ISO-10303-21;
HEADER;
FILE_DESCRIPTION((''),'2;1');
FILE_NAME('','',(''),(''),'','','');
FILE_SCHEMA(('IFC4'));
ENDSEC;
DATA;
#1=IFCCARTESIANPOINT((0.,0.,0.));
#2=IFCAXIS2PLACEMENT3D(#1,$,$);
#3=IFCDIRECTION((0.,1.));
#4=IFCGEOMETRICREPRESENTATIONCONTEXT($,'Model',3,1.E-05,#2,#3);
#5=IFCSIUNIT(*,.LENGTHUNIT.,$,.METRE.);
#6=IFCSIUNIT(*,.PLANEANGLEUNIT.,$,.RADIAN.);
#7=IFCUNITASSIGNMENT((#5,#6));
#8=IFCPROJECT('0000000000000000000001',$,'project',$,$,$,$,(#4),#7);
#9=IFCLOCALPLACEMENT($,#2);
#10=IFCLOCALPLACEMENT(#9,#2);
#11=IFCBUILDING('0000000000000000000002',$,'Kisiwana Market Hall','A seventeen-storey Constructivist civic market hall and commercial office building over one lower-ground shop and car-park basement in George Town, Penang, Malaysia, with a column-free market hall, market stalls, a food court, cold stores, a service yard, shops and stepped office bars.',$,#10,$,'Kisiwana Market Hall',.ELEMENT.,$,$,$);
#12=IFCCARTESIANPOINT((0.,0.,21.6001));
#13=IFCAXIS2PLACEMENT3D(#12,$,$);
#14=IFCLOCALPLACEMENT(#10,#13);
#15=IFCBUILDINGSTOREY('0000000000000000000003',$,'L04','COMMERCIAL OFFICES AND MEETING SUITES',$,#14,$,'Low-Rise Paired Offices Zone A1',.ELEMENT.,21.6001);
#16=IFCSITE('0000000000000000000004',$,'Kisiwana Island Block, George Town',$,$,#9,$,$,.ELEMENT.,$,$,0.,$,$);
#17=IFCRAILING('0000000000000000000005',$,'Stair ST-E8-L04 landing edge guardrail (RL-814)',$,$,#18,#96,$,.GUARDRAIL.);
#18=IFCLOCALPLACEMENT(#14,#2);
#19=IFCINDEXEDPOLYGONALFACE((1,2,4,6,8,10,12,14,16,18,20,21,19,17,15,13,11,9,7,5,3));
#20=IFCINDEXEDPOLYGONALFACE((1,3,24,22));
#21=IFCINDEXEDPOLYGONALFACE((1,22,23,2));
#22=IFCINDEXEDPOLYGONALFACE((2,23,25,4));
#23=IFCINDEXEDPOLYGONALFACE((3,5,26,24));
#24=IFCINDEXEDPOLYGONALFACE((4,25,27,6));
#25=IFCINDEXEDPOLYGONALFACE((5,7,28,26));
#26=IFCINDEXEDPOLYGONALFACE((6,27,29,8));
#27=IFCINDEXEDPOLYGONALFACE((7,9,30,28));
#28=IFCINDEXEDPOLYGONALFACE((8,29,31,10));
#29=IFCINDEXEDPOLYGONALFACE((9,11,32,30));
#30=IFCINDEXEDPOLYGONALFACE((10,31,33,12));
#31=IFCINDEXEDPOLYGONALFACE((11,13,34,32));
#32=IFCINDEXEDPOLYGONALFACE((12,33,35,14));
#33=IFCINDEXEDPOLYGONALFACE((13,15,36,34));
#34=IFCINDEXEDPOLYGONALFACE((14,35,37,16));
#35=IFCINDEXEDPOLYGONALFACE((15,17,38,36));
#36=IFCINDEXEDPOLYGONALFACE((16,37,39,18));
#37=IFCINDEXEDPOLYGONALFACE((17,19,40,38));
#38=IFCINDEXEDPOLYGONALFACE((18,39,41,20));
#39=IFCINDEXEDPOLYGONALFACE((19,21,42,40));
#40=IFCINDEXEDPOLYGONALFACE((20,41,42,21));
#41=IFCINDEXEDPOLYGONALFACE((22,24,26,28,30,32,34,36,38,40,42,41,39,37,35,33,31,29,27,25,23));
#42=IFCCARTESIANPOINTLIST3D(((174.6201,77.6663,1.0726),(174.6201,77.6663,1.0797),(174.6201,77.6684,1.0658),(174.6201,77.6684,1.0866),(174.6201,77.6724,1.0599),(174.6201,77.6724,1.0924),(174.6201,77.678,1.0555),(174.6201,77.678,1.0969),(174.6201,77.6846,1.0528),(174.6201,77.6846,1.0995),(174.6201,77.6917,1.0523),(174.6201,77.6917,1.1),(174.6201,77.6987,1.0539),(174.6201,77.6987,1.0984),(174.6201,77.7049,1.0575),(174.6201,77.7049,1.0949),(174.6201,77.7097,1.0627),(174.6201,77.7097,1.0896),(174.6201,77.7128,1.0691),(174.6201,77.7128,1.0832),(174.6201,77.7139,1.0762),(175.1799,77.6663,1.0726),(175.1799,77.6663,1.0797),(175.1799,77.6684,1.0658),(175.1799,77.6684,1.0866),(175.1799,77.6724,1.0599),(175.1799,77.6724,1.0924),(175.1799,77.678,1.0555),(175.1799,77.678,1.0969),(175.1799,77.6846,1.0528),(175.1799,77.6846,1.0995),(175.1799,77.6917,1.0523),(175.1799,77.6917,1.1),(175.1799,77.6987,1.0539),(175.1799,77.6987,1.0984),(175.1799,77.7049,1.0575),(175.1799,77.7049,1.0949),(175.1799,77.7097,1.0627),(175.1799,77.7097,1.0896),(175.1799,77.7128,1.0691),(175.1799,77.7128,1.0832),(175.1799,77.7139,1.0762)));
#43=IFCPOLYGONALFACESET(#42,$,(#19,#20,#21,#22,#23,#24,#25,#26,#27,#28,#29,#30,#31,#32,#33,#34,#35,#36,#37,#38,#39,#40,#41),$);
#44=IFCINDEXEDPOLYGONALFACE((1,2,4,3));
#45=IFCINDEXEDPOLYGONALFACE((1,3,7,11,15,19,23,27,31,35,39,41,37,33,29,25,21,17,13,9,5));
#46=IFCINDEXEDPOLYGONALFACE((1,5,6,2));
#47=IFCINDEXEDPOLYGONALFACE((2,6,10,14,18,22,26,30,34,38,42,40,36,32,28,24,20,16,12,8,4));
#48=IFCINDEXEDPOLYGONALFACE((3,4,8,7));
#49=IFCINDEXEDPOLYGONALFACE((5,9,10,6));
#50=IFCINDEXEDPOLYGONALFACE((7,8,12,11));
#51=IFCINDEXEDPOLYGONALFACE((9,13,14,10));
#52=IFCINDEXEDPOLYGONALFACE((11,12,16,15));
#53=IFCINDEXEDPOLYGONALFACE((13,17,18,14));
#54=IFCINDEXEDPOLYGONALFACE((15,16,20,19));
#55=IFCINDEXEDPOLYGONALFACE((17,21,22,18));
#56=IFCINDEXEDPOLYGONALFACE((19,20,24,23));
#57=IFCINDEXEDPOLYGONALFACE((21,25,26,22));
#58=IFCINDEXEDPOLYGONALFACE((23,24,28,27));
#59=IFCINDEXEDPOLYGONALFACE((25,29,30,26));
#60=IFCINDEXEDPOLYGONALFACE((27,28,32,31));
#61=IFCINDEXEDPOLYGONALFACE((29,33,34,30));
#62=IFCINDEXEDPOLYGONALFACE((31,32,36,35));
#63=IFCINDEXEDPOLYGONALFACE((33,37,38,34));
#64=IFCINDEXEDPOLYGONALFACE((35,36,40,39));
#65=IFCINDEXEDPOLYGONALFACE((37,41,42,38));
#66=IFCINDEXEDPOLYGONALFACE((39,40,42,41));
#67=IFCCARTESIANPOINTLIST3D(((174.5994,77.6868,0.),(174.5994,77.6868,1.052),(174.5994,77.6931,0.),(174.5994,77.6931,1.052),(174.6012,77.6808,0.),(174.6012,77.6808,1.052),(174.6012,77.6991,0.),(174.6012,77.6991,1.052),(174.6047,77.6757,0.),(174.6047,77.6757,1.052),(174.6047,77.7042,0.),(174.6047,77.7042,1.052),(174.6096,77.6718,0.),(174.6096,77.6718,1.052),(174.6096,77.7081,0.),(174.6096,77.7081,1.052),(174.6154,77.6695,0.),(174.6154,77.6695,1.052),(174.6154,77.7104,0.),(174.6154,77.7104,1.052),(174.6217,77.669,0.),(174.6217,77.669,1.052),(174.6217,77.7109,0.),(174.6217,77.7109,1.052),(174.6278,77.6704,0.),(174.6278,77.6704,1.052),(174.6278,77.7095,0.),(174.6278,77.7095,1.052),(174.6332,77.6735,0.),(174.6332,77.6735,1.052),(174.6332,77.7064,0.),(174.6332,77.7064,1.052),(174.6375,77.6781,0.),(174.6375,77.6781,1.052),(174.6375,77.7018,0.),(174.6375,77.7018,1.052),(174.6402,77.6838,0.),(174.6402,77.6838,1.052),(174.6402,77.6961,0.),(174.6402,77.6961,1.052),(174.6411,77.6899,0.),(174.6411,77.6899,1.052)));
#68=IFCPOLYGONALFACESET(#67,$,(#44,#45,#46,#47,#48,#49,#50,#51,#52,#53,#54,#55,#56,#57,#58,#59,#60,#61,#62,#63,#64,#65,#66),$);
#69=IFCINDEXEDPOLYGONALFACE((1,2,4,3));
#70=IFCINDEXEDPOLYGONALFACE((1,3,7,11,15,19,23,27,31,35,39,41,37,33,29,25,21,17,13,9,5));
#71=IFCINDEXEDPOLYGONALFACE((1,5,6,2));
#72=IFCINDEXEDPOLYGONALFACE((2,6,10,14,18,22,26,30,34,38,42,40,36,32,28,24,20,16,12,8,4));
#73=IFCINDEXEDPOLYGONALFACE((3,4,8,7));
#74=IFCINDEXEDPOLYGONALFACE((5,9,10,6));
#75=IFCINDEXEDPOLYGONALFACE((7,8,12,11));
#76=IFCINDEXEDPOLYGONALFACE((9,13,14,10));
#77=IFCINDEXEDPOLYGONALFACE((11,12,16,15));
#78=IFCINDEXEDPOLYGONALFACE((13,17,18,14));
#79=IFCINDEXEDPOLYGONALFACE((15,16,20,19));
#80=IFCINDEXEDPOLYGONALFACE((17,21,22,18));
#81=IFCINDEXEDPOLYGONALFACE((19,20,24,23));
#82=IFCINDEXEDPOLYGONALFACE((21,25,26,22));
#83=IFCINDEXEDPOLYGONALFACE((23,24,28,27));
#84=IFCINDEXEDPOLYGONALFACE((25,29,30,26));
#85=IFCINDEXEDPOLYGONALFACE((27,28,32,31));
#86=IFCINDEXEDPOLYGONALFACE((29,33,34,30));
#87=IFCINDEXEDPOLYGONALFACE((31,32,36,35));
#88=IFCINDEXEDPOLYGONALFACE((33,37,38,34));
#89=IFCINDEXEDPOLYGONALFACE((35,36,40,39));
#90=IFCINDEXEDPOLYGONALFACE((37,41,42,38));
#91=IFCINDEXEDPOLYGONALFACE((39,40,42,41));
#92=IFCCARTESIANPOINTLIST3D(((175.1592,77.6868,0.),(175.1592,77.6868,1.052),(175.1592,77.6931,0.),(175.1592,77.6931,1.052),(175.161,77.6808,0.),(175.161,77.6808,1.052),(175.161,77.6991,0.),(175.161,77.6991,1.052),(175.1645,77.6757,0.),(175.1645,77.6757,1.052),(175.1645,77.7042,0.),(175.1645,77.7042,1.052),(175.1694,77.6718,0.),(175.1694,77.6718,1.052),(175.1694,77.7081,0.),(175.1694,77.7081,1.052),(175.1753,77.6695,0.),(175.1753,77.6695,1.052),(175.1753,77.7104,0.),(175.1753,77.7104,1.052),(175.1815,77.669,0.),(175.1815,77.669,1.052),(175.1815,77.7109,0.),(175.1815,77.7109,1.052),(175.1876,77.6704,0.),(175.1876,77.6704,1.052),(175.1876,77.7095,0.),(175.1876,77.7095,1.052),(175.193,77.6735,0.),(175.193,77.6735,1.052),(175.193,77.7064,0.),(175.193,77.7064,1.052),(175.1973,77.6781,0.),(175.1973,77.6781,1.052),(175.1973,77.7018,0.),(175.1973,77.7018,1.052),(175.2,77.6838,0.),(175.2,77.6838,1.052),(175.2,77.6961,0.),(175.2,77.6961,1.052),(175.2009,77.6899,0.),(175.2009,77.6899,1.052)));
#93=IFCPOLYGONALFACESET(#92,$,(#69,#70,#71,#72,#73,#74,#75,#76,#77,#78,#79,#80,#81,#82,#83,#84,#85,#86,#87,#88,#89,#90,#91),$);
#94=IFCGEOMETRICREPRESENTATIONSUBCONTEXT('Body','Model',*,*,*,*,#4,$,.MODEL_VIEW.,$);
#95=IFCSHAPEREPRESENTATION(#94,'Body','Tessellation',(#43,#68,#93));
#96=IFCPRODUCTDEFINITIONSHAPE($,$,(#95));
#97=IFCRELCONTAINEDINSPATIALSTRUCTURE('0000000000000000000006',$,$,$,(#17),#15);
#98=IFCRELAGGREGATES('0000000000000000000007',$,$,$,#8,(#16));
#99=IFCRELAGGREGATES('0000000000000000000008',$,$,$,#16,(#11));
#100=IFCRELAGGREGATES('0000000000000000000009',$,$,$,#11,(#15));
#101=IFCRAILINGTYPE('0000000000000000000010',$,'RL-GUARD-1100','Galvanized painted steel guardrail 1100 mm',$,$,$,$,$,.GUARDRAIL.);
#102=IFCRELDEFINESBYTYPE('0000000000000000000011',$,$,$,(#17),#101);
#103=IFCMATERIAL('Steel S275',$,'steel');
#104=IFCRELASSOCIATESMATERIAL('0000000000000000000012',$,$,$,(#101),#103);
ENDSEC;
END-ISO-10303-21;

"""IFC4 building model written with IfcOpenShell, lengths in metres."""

from ifc_helpers import new_model, si_unit, direction, frame, origin, origin_2d, place, context, subcontext, project, spatial, circle, extrude, material, type_object, element, save


model = new_model("IFC4")

# Units and contexts
model_context = context("Model", 3, precision=1e-05, world=origin(), true_north=direction((0.0, 1.0)))
body_context = subcontext(model_context, "Body", "Model", "MODEL_VIEW")
ifc_project = project(units=[si_unit("LENGTHUNIT", "METRE"), si_unit("PLANEANGLEUNIT", "RADIAN")], contexts=[model_context])

# Site, building, storey
site_placement = place(None, origin())
site = spatial("IfcSite", under=ifc_project, at=site_placement, Name="Kisiwana Island Block, George Town", CompositionType="ELEMENT", RefElevation=0.0)
building_placement = place(site_placement, origin())
building = spatial("IfcBuilding", under=site, at=building_placement, Name="Kisiwana Market Hall", Description="A seventeen-storey Constructivist civic market hall and commercial office building over one lower-ground shop and car-park basement in George Town, Penang, Malaysia, with a column-free market hall, market stalls, a food court, cold stores, a service yard, shops and stepped office bars.", LongName="Kisiwana Market Hall", CompositionType="ELEMENT")
storey_placement = place(building_placement, frame((0.0, 0.0, 21.6001)))
storey = spatial("IfcBuildingStorey", under=building, at=storey_placement, Name="L04", Description="COMMERCIAL OFFICES AND MEETING SUITES", LongName="Low-Rise Paired Offices Zone A1", CompositionType="ELEMENT", Elevation=21.6001)

# Railing
ifc_material_1 = material(Name="Steel S275", Category="steel")
railing_type_1 = type_object("IfcRailingType", Name="RL-GUARD-1100", Description="Galvanized painted steel guardrail 1100 mm", PredefinedType="GUARDRAIL", material=ifc_material_1)
railing_1_placement = place(storey_placement, frame((174.6201, 77.6899, 0.0)))
element("IfcRailing", 1, at=railing_1_placement, inside=storey, type_object=railing_type_1, Name="Stair ST-E8-L04 landing edge guardrail (RL-814)", PredefinedType="GUARDRAIL", context=body_context, shape_type="SweptSolid", body=[
    extrude(circle(Radius=0.0239, at=origin_2d()), frame((0.0, 0.0, 1.0762), z_axis=(1.0, 0.0, 0.0), x_axis=(0.0, 1.0, 0.0)), (0.0, 0.0, 1.0), 0.5598),
    extrude(circle(Radius=0.021, at=origin_2d()), origin(), (0.0, 0.0, 1.0), 1.052),
    extrude(circle(Radius=0.021, at=origin_2d()), frame((0.5598, 0.0, 0.0)), (0.0, 0.0, 1.0), 1.052),
])

save(model, "model.ifc")
